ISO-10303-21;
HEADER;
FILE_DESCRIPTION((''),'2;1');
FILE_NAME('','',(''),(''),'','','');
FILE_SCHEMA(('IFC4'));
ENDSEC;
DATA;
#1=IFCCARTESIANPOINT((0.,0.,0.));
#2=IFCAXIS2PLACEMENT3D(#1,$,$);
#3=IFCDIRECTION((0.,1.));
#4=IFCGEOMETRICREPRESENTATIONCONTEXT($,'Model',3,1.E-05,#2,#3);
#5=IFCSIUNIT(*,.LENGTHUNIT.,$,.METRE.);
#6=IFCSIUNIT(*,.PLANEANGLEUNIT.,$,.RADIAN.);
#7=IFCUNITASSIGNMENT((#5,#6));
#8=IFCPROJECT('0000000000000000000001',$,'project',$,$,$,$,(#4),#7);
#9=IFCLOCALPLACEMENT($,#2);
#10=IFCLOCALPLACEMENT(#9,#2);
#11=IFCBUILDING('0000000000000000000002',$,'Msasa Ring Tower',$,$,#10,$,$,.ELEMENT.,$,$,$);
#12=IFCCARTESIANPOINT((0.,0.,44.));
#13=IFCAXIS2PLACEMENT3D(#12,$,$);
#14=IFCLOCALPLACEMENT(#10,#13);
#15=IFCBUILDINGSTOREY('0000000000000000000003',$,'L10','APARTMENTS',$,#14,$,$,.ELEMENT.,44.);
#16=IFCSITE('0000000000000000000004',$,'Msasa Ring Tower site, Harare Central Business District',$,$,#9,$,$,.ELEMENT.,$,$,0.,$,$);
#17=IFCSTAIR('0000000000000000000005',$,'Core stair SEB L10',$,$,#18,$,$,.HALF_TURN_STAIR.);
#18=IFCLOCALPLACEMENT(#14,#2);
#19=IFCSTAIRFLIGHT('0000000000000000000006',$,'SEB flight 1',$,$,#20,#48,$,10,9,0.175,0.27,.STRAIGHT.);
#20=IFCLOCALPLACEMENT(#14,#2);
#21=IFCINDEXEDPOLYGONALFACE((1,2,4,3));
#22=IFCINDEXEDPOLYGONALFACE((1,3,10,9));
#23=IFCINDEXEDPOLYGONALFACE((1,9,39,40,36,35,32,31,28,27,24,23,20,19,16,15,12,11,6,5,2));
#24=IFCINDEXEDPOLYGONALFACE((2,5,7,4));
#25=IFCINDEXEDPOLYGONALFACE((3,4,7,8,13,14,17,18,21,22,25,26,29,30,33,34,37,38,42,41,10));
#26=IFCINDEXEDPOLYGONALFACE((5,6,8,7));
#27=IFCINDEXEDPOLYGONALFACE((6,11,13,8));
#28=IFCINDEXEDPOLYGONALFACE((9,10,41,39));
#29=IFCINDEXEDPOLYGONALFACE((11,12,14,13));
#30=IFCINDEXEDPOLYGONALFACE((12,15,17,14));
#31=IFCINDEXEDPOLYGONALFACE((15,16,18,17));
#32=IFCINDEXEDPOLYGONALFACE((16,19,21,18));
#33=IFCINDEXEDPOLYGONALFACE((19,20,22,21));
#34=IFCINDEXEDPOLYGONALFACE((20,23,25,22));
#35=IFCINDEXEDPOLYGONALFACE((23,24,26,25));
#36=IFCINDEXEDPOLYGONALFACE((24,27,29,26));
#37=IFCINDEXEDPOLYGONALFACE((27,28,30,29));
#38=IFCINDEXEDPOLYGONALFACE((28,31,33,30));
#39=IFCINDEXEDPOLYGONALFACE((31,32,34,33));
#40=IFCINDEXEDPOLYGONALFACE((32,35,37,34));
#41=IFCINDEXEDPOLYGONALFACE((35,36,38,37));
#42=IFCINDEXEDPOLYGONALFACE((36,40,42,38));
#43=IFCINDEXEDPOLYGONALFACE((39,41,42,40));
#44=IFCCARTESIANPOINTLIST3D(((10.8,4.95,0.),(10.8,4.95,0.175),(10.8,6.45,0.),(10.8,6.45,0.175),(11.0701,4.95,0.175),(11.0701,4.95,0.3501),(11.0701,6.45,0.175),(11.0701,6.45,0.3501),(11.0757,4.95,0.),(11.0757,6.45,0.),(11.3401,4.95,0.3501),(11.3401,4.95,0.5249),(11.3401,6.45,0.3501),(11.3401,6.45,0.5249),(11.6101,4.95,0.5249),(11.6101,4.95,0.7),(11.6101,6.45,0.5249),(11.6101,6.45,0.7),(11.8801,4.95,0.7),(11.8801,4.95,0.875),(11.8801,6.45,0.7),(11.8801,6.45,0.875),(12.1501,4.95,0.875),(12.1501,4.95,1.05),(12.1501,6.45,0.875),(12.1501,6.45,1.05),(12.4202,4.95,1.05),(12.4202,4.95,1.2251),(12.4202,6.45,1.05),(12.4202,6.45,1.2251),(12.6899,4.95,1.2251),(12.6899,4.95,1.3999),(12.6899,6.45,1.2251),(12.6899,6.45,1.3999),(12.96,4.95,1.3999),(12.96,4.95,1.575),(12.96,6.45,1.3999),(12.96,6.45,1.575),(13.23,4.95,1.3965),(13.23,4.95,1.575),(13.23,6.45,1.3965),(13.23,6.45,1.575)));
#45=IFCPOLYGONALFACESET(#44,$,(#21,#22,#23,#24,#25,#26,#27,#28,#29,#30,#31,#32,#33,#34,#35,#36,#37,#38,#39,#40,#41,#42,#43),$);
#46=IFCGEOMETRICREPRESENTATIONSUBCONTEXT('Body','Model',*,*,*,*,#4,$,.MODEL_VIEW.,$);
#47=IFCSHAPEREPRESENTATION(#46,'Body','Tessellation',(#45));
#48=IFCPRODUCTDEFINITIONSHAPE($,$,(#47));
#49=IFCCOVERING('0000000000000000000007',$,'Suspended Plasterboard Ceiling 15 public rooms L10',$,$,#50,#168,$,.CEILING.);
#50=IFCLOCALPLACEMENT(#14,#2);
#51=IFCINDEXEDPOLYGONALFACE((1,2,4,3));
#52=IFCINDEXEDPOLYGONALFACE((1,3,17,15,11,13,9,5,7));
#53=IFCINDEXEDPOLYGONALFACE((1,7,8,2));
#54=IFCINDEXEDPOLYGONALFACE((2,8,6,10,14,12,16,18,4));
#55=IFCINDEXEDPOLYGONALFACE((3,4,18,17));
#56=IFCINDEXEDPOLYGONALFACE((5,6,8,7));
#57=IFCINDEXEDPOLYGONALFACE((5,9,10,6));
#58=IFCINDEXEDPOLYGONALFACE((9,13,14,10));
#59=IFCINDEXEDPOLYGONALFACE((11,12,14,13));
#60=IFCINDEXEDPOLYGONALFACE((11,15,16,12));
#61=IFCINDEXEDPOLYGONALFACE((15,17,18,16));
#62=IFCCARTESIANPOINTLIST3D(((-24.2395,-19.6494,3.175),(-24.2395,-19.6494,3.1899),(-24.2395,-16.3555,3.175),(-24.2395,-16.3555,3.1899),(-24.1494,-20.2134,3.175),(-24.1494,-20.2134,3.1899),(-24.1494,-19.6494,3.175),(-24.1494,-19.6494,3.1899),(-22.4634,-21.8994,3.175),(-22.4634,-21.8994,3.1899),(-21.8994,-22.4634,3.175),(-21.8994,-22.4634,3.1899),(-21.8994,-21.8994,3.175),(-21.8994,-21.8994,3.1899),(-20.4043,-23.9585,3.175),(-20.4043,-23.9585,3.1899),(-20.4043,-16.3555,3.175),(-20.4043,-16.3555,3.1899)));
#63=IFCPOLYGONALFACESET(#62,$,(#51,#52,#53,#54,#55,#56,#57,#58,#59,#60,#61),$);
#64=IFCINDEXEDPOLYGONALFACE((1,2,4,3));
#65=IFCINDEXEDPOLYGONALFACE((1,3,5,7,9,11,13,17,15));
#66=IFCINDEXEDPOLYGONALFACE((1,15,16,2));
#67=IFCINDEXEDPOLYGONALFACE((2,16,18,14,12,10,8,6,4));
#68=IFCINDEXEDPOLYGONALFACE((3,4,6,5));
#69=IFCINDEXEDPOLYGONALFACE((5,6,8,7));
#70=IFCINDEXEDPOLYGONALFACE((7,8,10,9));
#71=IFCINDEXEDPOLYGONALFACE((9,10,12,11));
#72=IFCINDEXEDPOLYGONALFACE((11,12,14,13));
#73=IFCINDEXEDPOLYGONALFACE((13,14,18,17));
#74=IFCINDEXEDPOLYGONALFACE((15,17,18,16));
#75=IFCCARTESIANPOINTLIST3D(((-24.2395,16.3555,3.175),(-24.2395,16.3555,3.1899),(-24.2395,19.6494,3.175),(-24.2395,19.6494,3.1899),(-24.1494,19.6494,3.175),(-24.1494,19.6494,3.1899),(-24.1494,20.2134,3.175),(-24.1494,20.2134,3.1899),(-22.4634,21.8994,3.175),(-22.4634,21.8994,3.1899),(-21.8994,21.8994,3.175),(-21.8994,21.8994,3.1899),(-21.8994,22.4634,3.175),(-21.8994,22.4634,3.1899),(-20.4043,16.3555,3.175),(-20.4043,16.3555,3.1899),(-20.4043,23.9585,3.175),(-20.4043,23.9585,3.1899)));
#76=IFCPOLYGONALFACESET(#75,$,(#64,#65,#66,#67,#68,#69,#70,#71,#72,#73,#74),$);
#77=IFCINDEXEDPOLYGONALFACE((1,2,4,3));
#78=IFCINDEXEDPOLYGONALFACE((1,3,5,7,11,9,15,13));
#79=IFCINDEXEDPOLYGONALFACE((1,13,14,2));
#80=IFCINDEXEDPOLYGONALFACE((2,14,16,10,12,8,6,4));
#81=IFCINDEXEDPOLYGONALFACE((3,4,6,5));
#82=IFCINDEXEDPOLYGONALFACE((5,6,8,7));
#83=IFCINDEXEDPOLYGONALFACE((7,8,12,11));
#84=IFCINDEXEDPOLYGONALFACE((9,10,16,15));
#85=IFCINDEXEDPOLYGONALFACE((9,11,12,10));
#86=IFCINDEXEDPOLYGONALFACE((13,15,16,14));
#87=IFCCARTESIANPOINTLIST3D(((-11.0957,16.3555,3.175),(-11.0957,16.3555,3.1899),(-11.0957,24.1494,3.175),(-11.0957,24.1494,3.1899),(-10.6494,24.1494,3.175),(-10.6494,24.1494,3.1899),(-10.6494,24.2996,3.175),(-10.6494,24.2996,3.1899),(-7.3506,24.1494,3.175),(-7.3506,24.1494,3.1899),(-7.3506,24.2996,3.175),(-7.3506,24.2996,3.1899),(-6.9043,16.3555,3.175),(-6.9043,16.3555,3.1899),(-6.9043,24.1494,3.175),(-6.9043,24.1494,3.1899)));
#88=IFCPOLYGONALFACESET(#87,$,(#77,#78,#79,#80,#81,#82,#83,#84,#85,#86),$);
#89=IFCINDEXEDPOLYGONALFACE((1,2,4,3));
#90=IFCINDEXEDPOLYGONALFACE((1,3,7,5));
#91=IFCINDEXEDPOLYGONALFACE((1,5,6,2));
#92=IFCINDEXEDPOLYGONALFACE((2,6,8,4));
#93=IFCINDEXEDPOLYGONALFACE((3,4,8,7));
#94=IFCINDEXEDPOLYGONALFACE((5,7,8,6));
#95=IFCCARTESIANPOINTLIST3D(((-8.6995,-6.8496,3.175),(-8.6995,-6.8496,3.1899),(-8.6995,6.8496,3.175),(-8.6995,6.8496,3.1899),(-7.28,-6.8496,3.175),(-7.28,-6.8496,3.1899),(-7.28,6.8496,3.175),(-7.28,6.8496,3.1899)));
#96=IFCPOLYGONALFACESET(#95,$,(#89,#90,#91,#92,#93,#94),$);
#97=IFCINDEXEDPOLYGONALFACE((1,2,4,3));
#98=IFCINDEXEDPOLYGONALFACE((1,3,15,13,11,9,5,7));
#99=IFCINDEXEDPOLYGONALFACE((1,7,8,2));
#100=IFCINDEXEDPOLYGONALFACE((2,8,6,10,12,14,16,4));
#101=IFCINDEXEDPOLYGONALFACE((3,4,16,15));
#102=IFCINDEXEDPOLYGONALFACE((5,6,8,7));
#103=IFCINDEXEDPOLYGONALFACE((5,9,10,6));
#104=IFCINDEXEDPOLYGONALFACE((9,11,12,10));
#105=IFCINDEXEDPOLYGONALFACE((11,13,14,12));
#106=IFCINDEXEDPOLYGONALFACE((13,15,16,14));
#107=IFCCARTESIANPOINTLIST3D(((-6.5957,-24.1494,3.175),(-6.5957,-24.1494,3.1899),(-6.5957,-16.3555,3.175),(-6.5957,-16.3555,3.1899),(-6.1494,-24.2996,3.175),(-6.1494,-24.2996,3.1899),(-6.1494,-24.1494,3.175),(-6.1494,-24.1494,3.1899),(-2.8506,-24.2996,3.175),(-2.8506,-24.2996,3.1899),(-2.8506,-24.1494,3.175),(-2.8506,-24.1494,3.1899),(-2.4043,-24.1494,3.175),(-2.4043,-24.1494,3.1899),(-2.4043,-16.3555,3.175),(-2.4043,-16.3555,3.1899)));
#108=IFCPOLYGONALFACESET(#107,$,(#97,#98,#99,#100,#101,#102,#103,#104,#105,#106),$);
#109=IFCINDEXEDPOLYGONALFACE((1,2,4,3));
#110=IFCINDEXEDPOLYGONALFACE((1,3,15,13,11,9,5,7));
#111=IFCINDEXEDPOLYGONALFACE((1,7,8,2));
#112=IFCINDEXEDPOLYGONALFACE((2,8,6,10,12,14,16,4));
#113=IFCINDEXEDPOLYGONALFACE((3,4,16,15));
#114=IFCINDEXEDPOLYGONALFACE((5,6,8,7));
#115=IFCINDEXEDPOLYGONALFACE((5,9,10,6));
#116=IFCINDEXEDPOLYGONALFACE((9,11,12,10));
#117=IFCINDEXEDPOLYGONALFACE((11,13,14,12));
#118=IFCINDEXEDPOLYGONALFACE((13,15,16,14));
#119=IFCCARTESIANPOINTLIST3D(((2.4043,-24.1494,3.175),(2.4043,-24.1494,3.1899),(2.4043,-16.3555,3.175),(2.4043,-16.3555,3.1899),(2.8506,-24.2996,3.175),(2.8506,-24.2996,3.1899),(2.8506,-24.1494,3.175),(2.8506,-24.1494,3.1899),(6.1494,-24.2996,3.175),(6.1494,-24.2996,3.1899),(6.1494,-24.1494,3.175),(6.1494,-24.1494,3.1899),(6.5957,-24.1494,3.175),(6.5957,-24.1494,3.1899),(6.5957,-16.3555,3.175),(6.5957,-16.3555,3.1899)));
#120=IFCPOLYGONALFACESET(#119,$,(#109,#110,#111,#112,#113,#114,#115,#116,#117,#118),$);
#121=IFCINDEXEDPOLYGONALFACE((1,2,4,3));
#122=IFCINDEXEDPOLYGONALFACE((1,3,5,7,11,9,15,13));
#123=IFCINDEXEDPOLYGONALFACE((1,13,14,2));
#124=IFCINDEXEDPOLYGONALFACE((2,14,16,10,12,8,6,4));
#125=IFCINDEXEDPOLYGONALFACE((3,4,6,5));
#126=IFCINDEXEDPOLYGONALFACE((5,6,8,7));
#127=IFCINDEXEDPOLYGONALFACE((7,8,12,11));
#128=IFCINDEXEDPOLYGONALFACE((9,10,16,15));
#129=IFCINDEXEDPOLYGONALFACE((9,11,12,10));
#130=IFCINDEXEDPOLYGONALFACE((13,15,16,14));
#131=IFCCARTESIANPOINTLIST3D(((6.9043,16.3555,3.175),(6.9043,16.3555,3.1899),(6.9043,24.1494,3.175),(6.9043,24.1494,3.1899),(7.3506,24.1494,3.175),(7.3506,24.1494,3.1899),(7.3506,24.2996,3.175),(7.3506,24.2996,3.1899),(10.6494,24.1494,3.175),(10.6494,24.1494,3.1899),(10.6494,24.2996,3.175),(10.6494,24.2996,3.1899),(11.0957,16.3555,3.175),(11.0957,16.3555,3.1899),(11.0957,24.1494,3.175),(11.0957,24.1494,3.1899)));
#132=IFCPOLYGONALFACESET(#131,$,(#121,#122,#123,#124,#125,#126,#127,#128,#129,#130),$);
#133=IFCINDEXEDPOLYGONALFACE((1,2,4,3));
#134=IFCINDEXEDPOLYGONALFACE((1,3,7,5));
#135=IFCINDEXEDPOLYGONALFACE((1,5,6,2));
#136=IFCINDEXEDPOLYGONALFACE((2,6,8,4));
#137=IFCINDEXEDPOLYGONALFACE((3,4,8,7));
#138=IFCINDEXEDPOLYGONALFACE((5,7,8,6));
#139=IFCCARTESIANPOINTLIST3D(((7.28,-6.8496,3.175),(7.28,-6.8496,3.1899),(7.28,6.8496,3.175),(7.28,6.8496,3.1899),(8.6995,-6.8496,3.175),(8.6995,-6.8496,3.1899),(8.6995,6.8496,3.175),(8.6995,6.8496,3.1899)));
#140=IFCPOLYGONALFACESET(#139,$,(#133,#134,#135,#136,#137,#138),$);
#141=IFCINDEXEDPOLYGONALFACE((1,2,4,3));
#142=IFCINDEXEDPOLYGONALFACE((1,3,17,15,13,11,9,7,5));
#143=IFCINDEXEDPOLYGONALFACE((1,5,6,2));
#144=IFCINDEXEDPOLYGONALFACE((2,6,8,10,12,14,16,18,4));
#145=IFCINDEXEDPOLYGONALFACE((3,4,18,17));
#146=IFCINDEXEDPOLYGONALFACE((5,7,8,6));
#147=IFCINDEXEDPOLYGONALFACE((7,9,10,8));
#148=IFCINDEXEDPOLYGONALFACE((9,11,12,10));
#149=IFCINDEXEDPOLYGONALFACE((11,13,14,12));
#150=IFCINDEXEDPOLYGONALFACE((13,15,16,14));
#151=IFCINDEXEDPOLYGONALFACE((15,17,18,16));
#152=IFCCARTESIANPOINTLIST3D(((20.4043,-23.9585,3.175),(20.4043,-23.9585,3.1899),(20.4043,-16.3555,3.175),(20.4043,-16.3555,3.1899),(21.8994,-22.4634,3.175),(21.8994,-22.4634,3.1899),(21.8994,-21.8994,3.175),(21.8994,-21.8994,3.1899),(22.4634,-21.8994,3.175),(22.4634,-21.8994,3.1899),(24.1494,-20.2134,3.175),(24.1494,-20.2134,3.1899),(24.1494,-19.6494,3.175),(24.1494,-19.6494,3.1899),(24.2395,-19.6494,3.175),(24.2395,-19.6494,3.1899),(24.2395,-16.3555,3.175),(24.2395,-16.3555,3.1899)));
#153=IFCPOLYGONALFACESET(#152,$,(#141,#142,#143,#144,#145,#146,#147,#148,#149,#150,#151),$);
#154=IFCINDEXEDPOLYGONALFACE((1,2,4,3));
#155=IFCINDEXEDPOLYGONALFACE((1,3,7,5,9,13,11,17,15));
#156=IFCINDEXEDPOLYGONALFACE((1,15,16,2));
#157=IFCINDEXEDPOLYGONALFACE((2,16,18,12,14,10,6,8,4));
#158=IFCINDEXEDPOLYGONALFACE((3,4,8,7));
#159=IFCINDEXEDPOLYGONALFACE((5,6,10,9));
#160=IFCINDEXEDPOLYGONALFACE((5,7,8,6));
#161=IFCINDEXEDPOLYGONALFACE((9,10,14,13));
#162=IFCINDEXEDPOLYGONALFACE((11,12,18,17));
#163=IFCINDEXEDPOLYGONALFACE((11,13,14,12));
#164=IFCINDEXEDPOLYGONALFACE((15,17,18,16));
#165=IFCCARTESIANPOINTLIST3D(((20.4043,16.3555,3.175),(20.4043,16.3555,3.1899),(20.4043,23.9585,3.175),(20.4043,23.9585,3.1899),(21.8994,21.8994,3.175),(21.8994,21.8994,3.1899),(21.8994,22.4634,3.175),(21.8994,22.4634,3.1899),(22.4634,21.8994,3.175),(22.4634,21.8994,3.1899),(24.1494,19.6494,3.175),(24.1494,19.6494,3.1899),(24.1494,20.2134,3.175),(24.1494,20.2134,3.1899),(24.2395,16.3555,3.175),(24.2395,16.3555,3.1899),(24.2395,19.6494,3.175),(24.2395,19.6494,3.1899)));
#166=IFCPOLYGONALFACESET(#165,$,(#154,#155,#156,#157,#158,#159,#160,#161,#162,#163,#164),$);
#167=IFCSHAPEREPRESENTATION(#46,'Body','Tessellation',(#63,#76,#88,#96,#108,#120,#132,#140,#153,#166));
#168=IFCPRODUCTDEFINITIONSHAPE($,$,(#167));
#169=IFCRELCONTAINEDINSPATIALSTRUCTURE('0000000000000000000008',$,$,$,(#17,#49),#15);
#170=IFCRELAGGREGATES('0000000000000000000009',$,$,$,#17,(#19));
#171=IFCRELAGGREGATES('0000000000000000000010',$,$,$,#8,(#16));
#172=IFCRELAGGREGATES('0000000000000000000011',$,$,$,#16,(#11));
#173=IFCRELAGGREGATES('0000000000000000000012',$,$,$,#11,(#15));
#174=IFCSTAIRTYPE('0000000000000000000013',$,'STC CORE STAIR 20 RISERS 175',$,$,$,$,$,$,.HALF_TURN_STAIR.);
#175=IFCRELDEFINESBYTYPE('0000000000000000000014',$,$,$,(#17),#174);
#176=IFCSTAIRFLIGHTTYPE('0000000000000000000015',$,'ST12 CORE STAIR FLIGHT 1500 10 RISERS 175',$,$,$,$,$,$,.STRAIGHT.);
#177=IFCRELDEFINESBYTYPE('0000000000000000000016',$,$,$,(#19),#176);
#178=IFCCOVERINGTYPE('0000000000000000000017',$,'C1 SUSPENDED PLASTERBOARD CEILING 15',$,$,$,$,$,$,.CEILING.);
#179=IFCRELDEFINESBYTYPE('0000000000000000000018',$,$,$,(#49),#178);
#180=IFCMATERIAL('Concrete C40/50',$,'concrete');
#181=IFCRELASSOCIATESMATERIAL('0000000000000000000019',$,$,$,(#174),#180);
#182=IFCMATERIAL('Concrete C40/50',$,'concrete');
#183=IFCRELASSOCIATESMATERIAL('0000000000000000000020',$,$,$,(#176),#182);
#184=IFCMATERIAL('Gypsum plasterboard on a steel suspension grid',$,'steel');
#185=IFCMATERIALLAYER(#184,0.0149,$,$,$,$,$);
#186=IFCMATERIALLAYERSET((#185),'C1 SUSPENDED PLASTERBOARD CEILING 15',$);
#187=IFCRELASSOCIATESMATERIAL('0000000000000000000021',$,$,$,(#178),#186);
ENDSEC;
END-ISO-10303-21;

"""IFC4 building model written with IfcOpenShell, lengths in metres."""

from ifc_helpers import new_model, si_unit, direction, frame, origin, place, context, subcontext, project, spatial, polyline, line, indexed_curve, outline, extrude, material, layer, layer_set, type_object, element, aggregate, save


model = new_model("IFC4")

# Units and contexts
model_context = context("Model", 3, precision=1e-05, world=origin(), true_north=direction((0.0, 1.0)))
body_context = subcontext(model_context, "Body", "Model", "MODEL_VIEW")
ifc_project = project(units=[si_unit("LENGTHUNIT", "METRE"), si_unit("PLANEANGLEUNIT", "RADIAN")], contexts=[model_context])

# Site, building, storey
site_placement = place(None, origin())
site = spatial("IfcSite", under=ifc_project, at=site_placement, Name="Msasa Ring Tower site, Harare Central Business District", CompositionType="ELEMENT", RefElevation=0.0)
building_placement = place(site_placement, origin())
building = spatial("IfcBuilding", under=site, at=building_placement, Name="Msasa Ring Tower", CompositionType="ELEMENT")
storey_placement = place(building_placement, frame((0.0, 0.0, 44.0)))
storey = spatial("IfcBuildingStorey", under=building, at=storey_placement, Name="L10", Description="APARTMENTS", CompositionType="ELEMENT", Elevation=44.0)

# Shared definitions
ifc_material_1 = material(Name="Concrete C40/50", Category="concrete")
stair_type = type_object("IfcStairType", Name="STC CORE STAIR 20 RISERS 175", PredefinedType="HALF_TURN_STAIR", material=ifc_material_1)

# Stair, stair flight
stair_1_placement = place(storey_placement, origin())
stair_1 = element("IfcStair", 1, at=stair_1_placement, inside=storey, type_object=stair_type, Name="Core stair SEB L10", PredefinedType="HALF_TURN_STAIR")
ifc_material_2 = material(Name="Concrete C40/50", Category="concrete")
stair_flight_type = type_object("IfcStairFlightType", Name="ST12 CORE STAIR FLIGHT 1500 10 RISERS 175", PredefinedType="STRAIGHT", material=ifc_material_2)
stair_flight_placement = place(storey_placement, frame((10.8, 5.7, 0.0), z_axis=(0.0, 0.0, 1.0), x_axis=(1.0, 0.0, 0.0)))
stair_flight = element("IfcStairFlight", 2, at=stair_flight_placement, type_object=stair_flight_type, Name="SEB flight 1", NumberOfRisers=10, NumberOfTreads=9, PredefinedType="STRAIGHT", RiserHeight=0.175, TreadLength=0.27, context=body_context, shape_type="SweptSolid", body=[
    extrude(outline(polyline([(0.0, 0.0), (0.0, 0.175), (0.27, 0.175), (0.27, 0.3501), (0.54, 0.3501), (0.54, 0.5249), (0.8101, 0.5249), (0.8101, 0.7), (1.0801, 0.7), (1.0801, 0.875), (1.3501, 0.875), (1.3501, 1.05), (1.6201, 1.05), (1.6201, 1.2251), (1.8899, 1.2251), (1.8899, 1.3999), (2.1599, 1.3999), (2.1599, 1.575), (2.4299, 1.575), (2.4299, 1.75), (2.4299, 1.3965), (0.2756, 0.0), (0.0, 0.0)])), frame((0.0, 0.75, 0.0), z_axis=(0.0, -1.0, 0.0), x_axis=(1.0, 0.0, 0.0)), (0.0, 0.0, 1.0), 1.5),
])
aggregate(stair_1, [stair_flight])

# Covering
ifc_material_3 = material(Name="Gypsum plasterboard on a steel suspension grid", Category="steel")
ifc_layer_1 = layer(ifc_material_3, 0.0149)
ifc_layer_set_1 = layer_set([ifc_layer_1], Name="C1 SUSPENDED PLASTERBOARD CEILING 15")
covering_type_1 = type_object("IfcCoveringType", Name="C1 SUSPENDED PLASTERBOARD CEILING 15", PredefinedType="CEILING", material=ifc_layer_set_1)
covering_1_placement = place(storey_placement, frame((0.0, 0.0, 3.175)))
element("IfcCovering", 3, at=covering_1_placement, inside=storey, type_object=covering_type_1, Name="Suspended Plasterboard Ceiling 15 public rooms L10", PredefinedType="CEILING", context=body_context, shape_type="SweptSolid", body=[
    extrude(outline(indexed_curve([(-24.2395, -16.3555), (-20.4043, -16.3555), (-20.4043, -23.9585), (-21.8994, -22.4634), (-21.8994, -21.8994), (-22.4634, -21.8994), (-24.1494, -20.2134), (-24.1494, -19.6494), (-24.2395, -19.6494)], segments=[line(1, 2, 3, 4, 5, 6, 7, 8, 9, 1)], self_intersect=False)), origin(), (0.0, 0.0, 1.0), 0.0149),
    extrude(outline(indexed_curve([(-24.2395, 16.3555), (-24.2395, 19.6494), (-24.1494, 19.6494), (-24.1494, 20.2134), (-22.4634, 21.8994), (-21.8994, 21.8994), (-21.8994, 22.4634), (-20.4043, 23.9585), (-20.4043, 16.3555)], segments=[line(1, 2, 3, 4, 5, 6, 7, 8, 9, 1)], self_intersect=False)), origin(), (0.0, 0.0, 1.0), 0.0149),
    extrude(outline(indexed_curve([(-11.0957, 16.3555), (-11.0957, 24.1494), (-10.6494, 24.1494), (-10.6494, 24.2996), (-7.3506, 24.2996), (-7.3506, 24.1494), (-6.9043, 24.1494), (-6.9043, 16.3555)], segments=[line(1, 2, 3, 4, 5, 6, 7, 8, 1)], self_intersect=False)), origin(), (0.0, 0.0, 1.0), 0.0149),
    extrude(outline(indexed_curve([(-8.6995, 6.8496), (-7.28, 6.8496), (-7.28, -6.8496), (-8.6995, -6.8496)], segments=[line(1, 2, 3, 4, 1)], self_intersect=False)), origin(), (0.0, 0.0, 1.0), 0.0149),
    extrude(outline(indexed_curve([(-2.4043, -16.3555), (-2.4043, -24.1494), (-2.8506, -24.1494), (-2.8506, -24.2996), (-6.1494, -24.2996), (-6.1494, -24.1494), (-6.5957, -24.1494), (-6.5957, -16.3555)], segments=[line(1, 2, 3, 4, 5, 6, 7, 8, 1)], self_intersect=False)), origin(), (0.0, 0.0, 1.0), 0.0149),
    extrude(outline(indexed_curve([(6.5957, -16.3555), (6.5957, -24.1494), (6.1494, -24.1494), (6.1494, -24.2996), (2.8506, -24.2996), (2.8506, -24.1494), (2.4043, -24.1494), (2.4043, -16.3555)], segments=[line(1, 2, 3, 4, 5, 6, 7, 8, 1)], self_intersect=False)), origin(), (0.0, 0.0, 1.0), 0.0149),
    extrude(outline(indexed_curve([(6.9043, 16.3555), (6.9043, 24.1494), (7.3506, 24.1494), (7.3506, 24.2996), (10.6494, 24.2996), (10.6494, 24.1494), (11.0957, 24.1494), (11.0957, 16.3555)], segments=[line(1, 2, 3, 4, 5, 6, 7, 8, 1)], self_intersect=False)), origin(), (0.0, 0.0, 1.0), 0.0149),
    extrude(outline(indexed_curve([(7.28, -6.8496), (7.28, 6.8496), (8.6995, 6.8496), (8.6995, -6.8496)], segments=[line(1, 2, 3, 4, 1)], self_intersect=False)), origin(), (0.0, 0.0, 1.0), 0.0149),
    extrude(outline(indexed_curve([(24.2395, -16.3555), (24.2395, -19.6494), (24.1494, -19.6494), (24.1494, -20.2134), (22.4634, -21.8994), (21.8994, -21.8994), (21.8994, -22.4634), (20.4043, -23.9585), (20.4043, -16.3555)], segments=[line(1, 2, 3, 4, 5, 6, 7, 8, 9, 1)], self_intersect=False)), origin(), (0.0, 0.0, 1.0), 0.0149),
    extrude(outline(indexed_curve([(24.2395, 16.3555), (20.4043, 16.3555), (20.4043, 23.9585), (21.8994, 22.4634), (21.8994, 21.8994), (22.4634, 21.8994), (24.1494, 20.2134), (24.1494, 19.6494), (24.2395, 19.6494)], segments=[line(1, 2, 3, 4, 5, 6, 7, 8, 9, 1)], self_intersect=False)), origin(), (0.0, 0.0, 1.0), 0.0149),
])

save(model, "model.ifc")
